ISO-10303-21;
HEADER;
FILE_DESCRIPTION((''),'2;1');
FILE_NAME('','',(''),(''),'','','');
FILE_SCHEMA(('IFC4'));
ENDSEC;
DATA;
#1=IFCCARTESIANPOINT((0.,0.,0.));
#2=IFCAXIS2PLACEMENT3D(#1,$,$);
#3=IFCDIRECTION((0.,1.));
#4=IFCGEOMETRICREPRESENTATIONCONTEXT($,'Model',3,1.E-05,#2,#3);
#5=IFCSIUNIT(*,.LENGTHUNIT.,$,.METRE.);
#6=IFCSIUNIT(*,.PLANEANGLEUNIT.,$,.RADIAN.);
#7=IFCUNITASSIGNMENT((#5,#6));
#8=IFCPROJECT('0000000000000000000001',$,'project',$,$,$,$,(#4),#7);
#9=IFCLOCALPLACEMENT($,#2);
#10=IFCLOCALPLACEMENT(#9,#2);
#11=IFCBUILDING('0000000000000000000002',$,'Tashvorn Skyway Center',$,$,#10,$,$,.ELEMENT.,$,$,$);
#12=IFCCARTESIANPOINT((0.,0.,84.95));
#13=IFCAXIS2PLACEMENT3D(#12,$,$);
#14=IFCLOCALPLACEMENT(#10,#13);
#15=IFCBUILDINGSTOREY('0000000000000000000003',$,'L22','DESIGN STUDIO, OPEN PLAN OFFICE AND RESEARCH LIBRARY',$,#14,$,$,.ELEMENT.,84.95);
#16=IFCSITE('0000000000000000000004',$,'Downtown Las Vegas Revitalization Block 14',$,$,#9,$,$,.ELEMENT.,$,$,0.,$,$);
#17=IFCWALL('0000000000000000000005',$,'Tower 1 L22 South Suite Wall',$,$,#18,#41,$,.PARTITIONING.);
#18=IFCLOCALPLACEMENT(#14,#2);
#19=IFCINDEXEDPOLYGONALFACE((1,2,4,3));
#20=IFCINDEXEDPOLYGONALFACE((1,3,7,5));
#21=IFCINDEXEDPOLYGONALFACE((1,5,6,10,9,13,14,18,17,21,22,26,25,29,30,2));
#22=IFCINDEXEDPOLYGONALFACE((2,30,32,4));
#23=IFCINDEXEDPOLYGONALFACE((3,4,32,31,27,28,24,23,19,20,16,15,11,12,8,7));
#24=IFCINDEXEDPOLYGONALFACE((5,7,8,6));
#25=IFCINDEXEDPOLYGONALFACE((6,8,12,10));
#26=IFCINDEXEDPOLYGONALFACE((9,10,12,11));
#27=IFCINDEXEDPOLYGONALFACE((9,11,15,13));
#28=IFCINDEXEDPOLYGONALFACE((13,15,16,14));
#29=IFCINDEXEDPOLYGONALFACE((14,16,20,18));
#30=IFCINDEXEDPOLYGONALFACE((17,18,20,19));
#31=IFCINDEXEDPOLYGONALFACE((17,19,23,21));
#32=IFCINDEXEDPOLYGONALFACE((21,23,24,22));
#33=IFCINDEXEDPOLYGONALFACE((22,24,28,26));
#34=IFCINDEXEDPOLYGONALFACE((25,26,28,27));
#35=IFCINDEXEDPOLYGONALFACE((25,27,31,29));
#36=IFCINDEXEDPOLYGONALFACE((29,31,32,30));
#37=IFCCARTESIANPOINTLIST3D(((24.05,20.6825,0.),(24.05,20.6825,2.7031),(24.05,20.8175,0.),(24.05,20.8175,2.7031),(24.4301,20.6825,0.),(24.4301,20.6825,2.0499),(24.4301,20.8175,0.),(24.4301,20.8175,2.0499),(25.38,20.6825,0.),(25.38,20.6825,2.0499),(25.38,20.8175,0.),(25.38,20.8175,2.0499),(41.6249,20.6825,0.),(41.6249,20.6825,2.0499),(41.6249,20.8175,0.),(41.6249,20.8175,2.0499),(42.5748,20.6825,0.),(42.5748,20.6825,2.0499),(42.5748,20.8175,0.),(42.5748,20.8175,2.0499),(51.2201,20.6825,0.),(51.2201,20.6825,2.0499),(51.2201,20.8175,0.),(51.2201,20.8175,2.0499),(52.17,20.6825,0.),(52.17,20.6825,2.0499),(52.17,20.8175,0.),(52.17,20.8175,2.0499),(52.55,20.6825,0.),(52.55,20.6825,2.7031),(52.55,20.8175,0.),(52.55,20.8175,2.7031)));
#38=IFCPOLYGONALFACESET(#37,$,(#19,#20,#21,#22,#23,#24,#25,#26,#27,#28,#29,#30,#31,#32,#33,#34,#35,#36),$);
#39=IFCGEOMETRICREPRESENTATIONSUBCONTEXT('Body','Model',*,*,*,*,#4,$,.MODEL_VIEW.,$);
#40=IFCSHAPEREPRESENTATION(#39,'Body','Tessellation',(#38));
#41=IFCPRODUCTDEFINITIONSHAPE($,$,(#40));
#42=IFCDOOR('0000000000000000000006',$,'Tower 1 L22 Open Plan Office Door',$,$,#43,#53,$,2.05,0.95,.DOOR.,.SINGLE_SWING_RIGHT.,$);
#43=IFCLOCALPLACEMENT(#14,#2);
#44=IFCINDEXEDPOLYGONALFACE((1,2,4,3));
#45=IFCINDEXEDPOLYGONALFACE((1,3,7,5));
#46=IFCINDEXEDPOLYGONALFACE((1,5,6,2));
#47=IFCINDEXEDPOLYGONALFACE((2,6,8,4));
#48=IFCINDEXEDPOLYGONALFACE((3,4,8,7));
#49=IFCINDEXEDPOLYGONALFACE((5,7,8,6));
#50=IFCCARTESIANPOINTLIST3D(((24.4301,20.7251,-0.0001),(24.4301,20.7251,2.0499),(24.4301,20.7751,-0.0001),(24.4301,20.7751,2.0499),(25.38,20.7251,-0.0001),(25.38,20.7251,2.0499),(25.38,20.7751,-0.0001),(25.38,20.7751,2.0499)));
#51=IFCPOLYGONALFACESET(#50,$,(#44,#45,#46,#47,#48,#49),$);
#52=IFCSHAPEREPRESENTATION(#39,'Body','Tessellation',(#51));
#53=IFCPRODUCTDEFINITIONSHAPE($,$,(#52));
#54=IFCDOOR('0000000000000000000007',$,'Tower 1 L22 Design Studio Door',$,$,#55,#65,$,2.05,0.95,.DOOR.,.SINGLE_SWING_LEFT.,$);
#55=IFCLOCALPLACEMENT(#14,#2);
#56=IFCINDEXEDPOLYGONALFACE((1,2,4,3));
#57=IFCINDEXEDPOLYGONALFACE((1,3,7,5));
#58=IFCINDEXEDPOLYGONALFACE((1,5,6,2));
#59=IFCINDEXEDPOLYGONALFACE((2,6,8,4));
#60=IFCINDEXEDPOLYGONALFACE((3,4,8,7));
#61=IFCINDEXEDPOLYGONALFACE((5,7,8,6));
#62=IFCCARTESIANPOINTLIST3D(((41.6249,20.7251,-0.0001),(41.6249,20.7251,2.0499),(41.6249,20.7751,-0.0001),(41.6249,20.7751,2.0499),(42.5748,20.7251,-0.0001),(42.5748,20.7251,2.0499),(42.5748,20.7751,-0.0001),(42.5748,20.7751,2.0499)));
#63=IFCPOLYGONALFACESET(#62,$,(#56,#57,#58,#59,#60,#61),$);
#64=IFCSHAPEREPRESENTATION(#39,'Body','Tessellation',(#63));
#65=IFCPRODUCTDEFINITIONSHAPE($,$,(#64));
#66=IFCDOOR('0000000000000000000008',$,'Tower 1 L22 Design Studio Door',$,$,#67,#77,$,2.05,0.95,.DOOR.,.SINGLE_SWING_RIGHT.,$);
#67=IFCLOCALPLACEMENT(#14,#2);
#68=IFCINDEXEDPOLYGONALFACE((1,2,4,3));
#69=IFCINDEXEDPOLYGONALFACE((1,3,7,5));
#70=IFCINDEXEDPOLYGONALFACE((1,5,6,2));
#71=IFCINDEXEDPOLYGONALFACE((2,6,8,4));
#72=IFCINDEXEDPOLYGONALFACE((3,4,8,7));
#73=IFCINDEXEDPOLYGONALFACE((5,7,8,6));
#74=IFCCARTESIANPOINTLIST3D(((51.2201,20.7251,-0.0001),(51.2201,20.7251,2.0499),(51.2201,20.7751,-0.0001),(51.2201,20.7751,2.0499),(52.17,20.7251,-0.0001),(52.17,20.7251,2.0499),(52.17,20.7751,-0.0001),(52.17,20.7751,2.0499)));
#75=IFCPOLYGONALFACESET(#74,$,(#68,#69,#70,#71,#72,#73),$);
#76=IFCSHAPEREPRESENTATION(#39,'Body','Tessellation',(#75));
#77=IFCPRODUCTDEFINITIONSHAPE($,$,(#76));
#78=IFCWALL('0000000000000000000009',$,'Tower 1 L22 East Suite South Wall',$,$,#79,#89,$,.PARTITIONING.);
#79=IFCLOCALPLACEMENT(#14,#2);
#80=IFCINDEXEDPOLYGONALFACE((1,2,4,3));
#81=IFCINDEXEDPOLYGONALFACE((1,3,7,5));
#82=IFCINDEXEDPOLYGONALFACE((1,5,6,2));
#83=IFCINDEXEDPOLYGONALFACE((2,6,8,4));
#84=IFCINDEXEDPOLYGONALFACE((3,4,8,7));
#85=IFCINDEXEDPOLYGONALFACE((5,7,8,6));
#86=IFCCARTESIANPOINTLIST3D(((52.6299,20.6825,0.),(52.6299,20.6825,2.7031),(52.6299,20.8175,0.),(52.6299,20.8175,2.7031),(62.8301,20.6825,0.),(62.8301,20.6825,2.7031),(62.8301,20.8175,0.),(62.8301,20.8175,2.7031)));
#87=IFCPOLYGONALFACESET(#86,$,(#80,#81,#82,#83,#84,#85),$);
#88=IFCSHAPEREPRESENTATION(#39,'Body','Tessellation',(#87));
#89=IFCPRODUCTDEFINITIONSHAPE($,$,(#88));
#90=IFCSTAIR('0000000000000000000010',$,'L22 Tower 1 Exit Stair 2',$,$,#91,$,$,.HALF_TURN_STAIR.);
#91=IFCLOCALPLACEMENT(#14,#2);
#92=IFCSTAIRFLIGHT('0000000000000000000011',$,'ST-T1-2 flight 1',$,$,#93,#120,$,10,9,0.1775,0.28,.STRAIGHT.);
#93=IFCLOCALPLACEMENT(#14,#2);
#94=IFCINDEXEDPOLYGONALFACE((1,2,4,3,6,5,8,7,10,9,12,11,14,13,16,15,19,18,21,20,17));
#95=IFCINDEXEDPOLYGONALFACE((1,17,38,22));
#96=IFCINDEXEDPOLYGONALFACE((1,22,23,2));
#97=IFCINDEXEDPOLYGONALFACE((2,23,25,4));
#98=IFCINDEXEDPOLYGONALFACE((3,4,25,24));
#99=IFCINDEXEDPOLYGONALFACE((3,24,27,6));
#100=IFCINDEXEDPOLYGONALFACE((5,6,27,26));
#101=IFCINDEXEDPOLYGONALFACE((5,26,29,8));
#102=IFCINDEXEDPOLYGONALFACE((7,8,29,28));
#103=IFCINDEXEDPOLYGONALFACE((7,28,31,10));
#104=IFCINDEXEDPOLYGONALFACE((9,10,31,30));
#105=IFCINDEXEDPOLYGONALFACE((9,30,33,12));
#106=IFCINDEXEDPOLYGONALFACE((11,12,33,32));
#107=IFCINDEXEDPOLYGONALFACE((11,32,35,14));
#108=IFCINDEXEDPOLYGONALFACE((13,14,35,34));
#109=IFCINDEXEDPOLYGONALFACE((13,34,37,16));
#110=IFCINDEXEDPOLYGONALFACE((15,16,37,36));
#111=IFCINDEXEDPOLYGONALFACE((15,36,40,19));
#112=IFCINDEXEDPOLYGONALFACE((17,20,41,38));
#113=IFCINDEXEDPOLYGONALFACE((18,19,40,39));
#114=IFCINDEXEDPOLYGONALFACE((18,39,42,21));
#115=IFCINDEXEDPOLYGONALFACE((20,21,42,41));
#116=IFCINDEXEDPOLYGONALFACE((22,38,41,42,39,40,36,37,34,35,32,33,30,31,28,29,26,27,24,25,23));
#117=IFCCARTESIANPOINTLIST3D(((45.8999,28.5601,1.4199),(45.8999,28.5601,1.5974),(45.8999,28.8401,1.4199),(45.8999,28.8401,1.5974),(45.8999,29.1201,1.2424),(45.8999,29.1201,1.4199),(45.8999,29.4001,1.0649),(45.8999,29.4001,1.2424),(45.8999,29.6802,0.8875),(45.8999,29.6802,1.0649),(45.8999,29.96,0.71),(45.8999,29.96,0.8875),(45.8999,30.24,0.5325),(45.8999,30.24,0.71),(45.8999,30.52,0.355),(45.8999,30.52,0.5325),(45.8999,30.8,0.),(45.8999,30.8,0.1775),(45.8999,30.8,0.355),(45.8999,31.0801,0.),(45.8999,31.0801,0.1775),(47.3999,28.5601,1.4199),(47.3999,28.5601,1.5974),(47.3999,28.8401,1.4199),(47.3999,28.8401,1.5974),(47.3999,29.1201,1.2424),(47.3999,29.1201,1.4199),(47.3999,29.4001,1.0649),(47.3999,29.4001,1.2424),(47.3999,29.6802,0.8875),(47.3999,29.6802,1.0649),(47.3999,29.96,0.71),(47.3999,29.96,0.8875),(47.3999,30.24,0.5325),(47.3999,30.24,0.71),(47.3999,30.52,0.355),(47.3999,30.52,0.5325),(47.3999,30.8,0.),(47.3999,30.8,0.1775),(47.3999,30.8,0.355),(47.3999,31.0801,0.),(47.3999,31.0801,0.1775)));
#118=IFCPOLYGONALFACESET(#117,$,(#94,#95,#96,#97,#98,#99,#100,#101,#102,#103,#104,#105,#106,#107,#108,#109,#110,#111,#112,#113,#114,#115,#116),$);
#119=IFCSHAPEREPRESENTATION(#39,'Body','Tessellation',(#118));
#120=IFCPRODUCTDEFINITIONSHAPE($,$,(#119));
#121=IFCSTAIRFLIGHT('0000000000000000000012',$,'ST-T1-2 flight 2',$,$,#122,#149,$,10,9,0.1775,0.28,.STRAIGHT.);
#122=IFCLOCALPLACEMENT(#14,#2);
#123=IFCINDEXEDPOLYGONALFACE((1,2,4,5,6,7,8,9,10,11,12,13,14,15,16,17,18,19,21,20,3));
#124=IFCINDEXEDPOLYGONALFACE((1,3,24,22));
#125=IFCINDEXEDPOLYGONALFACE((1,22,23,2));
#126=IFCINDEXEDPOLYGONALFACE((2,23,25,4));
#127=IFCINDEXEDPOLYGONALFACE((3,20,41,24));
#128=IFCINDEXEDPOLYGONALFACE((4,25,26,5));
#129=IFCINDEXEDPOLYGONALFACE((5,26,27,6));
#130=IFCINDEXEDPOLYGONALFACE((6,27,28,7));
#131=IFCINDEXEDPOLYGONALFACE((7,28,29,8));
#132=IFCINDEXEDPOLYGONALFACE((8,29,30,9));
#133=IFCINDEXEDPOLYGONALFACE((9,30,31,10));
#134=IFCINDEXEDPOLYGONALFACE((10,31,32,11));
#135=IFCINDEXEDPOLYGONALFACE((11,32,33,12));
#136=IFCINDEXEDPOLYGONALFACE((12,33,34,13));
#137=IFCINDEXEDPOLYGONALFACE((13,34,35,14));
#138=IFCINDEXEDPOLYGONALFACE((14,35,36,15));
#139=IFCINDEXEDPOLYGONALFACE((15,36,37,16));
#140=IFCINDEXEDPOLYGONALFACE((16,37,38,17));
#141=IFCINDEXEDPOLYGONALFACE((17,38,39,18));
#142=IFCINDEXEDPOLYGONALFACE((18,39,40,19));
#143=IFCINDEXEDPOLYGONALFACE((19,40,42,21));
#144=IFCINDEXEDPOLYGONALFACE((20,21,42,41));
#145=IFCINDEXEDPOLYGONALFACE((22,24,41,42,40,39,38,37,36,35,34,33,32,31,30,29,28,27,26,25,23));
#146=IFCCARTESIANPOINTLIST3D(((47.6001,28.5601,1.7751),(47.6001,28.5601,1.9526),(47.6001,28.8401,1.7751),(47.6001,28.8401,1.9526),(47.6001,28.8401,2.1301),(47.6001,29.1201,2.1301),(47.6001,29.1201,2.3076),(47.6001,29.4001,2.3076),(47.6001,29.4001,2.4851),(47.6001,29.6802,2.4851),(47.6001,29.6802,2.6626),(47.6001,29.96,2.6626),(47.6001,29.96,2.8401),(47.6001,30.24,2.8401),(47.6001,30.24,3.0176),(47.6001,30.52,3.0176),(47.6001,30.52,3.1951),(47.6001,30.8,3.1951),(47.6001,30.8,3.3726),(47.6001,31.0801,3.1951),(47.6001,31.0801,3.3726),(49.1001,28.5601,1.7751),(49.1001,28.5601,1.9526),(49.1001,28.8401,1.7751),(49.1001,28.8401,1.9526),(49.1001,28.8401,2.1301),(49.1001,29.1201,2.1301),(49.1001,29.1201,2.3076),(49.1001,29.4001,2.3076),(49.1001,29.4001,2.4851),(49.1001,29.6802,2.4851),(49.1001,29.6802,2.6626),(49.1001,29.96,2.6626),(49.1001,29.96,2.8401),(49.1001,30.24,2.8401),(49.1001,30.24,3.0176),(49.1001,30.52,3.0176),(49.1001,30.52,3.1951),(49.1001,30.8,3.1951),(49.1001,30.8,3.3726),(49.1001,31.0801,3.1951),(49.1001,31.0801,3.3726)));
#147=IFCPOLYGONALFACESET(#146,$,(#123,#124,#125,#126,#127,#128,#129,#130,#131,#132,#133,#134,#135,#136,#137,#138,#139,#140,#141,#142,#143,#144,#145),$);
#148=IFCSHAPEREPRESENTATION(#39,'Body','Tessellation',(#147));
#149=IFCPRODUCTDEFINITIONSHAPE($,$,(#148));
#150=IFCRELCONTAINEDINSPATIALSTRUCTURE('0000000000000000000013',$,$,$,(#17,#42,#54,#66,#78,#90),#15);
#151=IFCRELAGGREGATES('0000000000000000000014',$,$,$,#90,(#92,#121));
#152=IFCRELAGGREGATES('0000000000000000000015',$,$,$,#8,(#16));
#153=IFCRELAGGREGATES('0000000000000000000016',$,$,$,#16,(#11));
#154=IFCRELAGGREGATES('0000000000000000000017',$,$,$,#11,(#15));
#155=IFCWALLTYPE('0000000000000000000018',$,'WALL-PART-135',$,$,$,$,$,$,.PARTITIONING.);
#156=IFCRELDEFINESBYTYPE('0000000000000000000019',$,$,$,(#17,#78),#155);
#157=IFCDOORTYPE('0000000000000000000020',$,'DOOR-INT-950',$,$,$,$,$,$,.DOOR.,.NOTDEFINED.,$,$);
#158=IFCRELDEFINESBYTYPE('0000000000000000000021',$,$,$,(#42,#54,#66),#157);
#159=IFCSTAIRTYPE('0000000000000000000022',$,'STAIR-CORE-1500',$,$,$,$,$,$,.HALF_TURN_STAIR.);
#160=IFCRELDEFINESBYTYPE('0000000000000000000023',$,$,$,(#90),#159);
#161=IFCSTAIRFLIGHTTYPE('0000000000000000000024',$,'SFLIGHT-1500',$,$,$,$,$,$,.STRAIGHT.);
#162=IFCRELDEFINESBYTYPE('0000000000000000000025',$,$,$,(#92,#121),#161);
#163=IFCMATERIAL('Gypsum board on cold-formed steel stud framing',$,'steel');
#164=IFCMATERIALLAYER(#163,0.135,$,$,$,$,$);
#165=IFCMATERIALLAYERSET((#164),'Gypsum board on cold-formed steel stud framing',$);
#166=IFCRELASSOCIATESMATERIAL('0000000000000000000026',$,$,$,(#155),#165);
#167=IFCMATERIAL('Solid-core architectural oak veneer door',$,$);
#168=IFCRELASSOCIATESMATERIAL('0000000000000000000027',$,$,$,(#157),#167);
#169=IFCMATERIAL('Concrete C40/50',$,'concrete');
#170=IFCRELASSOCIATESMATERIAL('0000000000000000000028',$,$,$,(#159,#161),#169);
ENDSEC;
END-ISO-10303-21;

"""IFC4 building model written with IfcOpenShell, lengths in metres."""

from ifc_helpers import new_model, si_unit, direction, frame, frame_2d, origin, place, context, subcontext, project, spatial, polyline, rectangle, outline, extrude, material, layer, layer_set, type_object, element, fill, aggregate, save


model = new_model("IFC4")

# Units and contexts
model_context = context("Model", 3, precision=1e-05, world=origin(), true_north=direction((0.0, 1.0)))
body_context = subcontext(model_context, "Body", "Model", "MODEL_VIEW")
ifc_project = project(units=[si_unit("LENGTHUNIT", "METRE"), si_unit("PLANEANGLEUNIT", "RADIAN")], contexts=[model_context])

# Site, building, storey
site_placement = place(None, origin())
site = spatial("IfcSite", under=ifc_project, at=site_placement, Name="Downtown Las Vegas Revitalization Block 14", CompositionType="ELEMENT", RefElevation=0.0)
building_placement = place(site_placement, origin())
building = spatial("IfcBuilding", under=site, at=building_placement, Name="Tashvorn Skyway Center", CompositionType="ELEMENT")
storey_placement = place(building_placement, frame((0.0, 0.0, 84.95)))
storey = spatial("IfcBuildingStorey", under=building, at=storey_placement, Name="L22", Description="DESIGN STUDIO, OPEN PLAN OFFICE AND RESEARCH LIBRARY", CompositionType="ELEMENT", Elevation=84.95)

# Wall, openings, doors
ifc_material_1 = material(Name="Gypsum board on cold-formed steel stud framing", Category="steel")
ifc_layer_1 = layer(ifc_material_1, 0.135)
ifc_layer_set_1 = layer_set([ifc_layer_1], Name="Gypsum board on cold-formed steel stud framing")
wall_type_1 = type_object("IfcWallType", Name="WALL-PART-135", PredefinedType="PARTITIONING", material=ifc_layer_set_1)
wall_1_placement = place(storey_placement, frame((52.55, 20.75, 0.0), z_axis=(0.0, 0.0, 1.0), x_axis=(-1.0, 0.0, 0.0)))
wall_1 = element("IfcWall", 1, at=wall_1_placement, inside=storey, type_object=wall_type_1, Name="Tower 1 L22 South Suite Wall", PredefinedType="PARTITIONING", context=body_context, shape_type="SweptSolid", body=[
    extrude(rectangle(XDim=28.5, YDim=0.135, at=frame_2d((14.25, 0.0))), origin(), (0.0, 0.0, 1.0), 2.7031),
])
opening_1_placement = place(wall_1_placement, frame((27.1699, 0.0, 0.0)))
opening_1 = element("IfcOpeningElement", 2, at=opening_1_placement, cuts=wall_1, PredefinedType="OPENING", context=body_context, shape_type="SweptSolid", body=[
    extrude(rectangle(XDim=0.95, YDim=2.05, at=frame_2d((0.4751, 1.0249))), frame((0.0, 0.0774, 0.0), z_axis=(0.0, -1.0, 0.0), x_axis=(1.0, 0.0, 0.0)), (0.0, 0.0, 1.0), 0.155),
])
opening_2_placement = place(wall_1_placement, frame((9.9751, 0.0, 0.0)))
opening_2 = element("IfcOpeningElement", 3, at=opening_2_placement, cuts=wall_1, PredefinedType="OPENING", context=body_context, shape_type="SweptSolid", body=[
    extrude(rectangle(XDim=0.95, YDim=2.05, at=frame_2d((0.4751, 1.0249))), frame((0.0, 0.0774, 0.0), z_axis=(0.0, -1.0, 0.0), x_axis=(1.0, 0.0, 0.0)), (0.0, 0.0, 1.0), 0.155),
])
opening_3_placement = place(wall_1_placement, frame((0.3799, 0.0, 0.0)))
opening_3 = element("IfcOpeningElement", 4, at=opening_3_placement, cuts=wall_1, PredefinedType="OPENING", context=body_context, shape_type="SweptSolid", body=[
    extrude(rectangle(XDim=0.95, YDim=2.05, at=frame_2d((0.4751, 1.0249))), frame((0.0, 0.0774, 0.0), z_axis=(0.0, -1.0, 0.0), x_axis=(1.0, 0.0, 0.0)), (0.0, 0.0, 1.0), 0.155),
])
ifc_material_2 = material(Name="Solid-core architectural oak veneer door")
door_type_1 = type_object("IfcDoorType", Name="DOOR-INT-950", OperationType="NOTDEFINED", PredefinedType="DOOR", material=ifc_material_2)
door_1_placement = place(opening_1_placement, origin())
door_1 = element("IfcDoor", 5, at=door_1_placement, inside=storey, type_object=door_type_1, Name="Tower 1 L22 Open Plan Office Door", OperationType="SINGLE_SWING_RIGHT", OverallHeight=2.05, OverallWidth=0.95, PredefinedType="DOOR", context=body_context, shape_type="SweptSolid", body=[
    extrude(rectangle(XDim=0.95, YDim=2.05, at=frame_2d((0.4751, 1.0249))), frame((0.0, 0.0249, 0.0), z_axis=(0.0, -1.0, 0.0), x_axis=(1.0, 0.0, 0.0)), (0.0, 0.0, 1.0), 0.05),
])
fill(opening_1, door_1)
door_2_placement = place(opening_2_placement, origin())
door_2 = element("IfcDoor", 6, at=door_2_placement, inside=storey, type_object=door_type_1, Name="Tower 1 L22 Design Studio Door", OperationType="SINGLE_SWING_LEFT", OverallHeight=2.05, OverallWidth=0.95, PredefinedType="DOOR", context=body_context, shape_type="SweptSolid", body=[
    extrude(rectangle(XDim=0.95, YDim=2.05, at=frame_2d((0.4751, 1.0249))), frame((0.0, 0.0249, 0.0), z_axis=(0.0, -1.0, 0.0), x_axis=(1.0, 0.0, 0.0)), (0.0, 0.0, 1.0), 0.05),
])
fill(opening_2, door_2)
door_3_placement = place(opening_3_placement, origin())
door_3 = element("IfcDoor", 7, at=door_3_placement, inside=storey, type_object=door_type_1, Name="Tower 1 L22 Design Studio Door", OperationType="SINGLE_SWING_RIGHT", OverallHeight=2.05, OverallWidth=0.95, PredefinedType="DOOR", context=body_context, shape_type="SweptSolid", body=[
    extrude(rectangle(XDim=0.95, YDim=2.05, at=frame_2d((0.4751, 1.0249))), frame((0.0, 0.0249, 0.0), z_axis=(0.0, -1.0, 0.0), x_axis=(1.0, 0.0, 0.0)), (0.0, 0.0, 1.0), 0.05),
])
fill(opening_3, door_3)

# Wall
wall_2_placement = place(storey_placement, frame((52.6299, 20.75, 0.0), z_axis=(0.0, 0.0, 1.0), x_axis=(1.0, 0.0, 0.0)))
element("IfcWall", 8, at=wall_2_placement, inside=storey, type_object=wall_type_1, Name="Tower 1 L22 East Suite South Wall", PredefinedType="PARTITIONING", context=body_context, shape_type="SweptSolid", body=[
    extrude(rectangle(XDim=10.2002, YDim=0.135, at=frame_2d((5.1001, 0.0))), origin(), (0.0, 0.0, 1.0), 2.7031),
])

# Stair, stair flights
ifc_material_3 = material(Name="Concrete C40/50", Category="concrete")
stair_type = type_object("IfcStairType", Name="STAIR-CORE-1500", PredefinedType="HALF_TURN_STAIR", material=ifc_material_3)
stair_placement = place(storey_placement, origin())
stair = element("IfcStair", 9, at=stair_placement, inside=storey, type_object=stair_type, Name="L22 Tower 1 Exit Stair 2", PredefinedType="HALF_TURN_STAIR")
stair_flight_type = type_object("IfcStairFlightType", Name="SFLIGHT-1500", PredefinedType="STRAIGHT", material=ifc_material_3)
stair_flight_1_placement = place(storey_placement, frame((46.6499, 31.0801, 0.0), z_axis=(0.0, 0.0, 1.0), x_axis=(0.0, -1.0, 0.0)))
stair_flight_1 = element("IfcStairFlight", 10, at=stair_flight_1_placement, type_object=stair_flight_type, Name="ST-T1-2 flight 1", NumberOfRisers=10, NumberOfTreads=9, PredefinedType="STRAIGHT", RiserHeight=0.1775, TreadLength=0.28, context=body_context, shape_type="SweptSolid", body=[
    extrude(outline(polyline([(0.0, 0.0), (0.0, 0.1775), (0.28, 0.1775), (0.28, 0.355), (0.5601, 0.355), (0.5601, 0.5325), (0.8401, 0.5325), (0.8401, 0.71), (1.1201, 0.71), (1.1201, 0.8875), (1.3999, 0.8875), (1.3999, 1.0649), (1.6799, 1.0649), (1.6799, 1.2424), (1.96, 1.2424), (1.96, 1.4199), (2.24, 1.4199), (2.24, 1.5974), (2.52, 1.5974), (2.52, 1.7749), (2.52, 1.4199), (0.28, 0.0), (0.0, 0.0)])), frame((0.0, 0.75, 0.0), z_axis=(0.0, -1.0, 0.0), x_axis=(1.0, 0.0, 0.0)), (0.0, 0.0, 1.0), 1.5),
])
stair_flight_2_placement = place(storey_placement, frame((48.3501, 28.5601, 1.7751), z_axis=(0.0, 0.0, 1.0), x_axis=(0.0, 1.0, 0.0)))
stair_flight_2 = element("IfcStairFlight", 11, at=stair_flight_2_placement, type_object=stair_flight_type, Name="ST-T1-2 flight 2", NumberOfRisers=10, NumberOfTreads=9, PredefinedType="STRAIGHT", RiserHeight=0.1775, TreadLength=0.28, context=body_context, shape_type="SweptSolid", body=[
    extrude(outline(polyline([(0.0, 0.0), (0.0, 0.1775), (0.28, 0.1775), (0.28, 0.355), (0.5601, 0.355), (0.5601, 0.5325), (0.8401, 0.5325), (0.8401, 0.71), (1.1201, 0.71), (1.1201, 0.8875), (1.3999, 0.8875), (1.3999, 1.0649), (1.6799, 1.0649), (1.6799, 1.2424), (1.96, 1.2424), (1.96, 1.4199), (2.24, 1.4199), (2.24, 1.5974), (2.52, 1.5974), (2.52, 1.7749), (2.52, 1.4199), (0.28, 0.0), (0.0, 0.0)])), frame((0.0, 0.75, 0.0), z_axis=(0.0, -1.0, 0.0), x_axis=(1.0, 0.0, 0.0)), (0.0, 0.0, 1.0), 1.5),
])
aggregate(stair, [stair_flight_1, stair_flight_2])

save(model, "model.ifc")
